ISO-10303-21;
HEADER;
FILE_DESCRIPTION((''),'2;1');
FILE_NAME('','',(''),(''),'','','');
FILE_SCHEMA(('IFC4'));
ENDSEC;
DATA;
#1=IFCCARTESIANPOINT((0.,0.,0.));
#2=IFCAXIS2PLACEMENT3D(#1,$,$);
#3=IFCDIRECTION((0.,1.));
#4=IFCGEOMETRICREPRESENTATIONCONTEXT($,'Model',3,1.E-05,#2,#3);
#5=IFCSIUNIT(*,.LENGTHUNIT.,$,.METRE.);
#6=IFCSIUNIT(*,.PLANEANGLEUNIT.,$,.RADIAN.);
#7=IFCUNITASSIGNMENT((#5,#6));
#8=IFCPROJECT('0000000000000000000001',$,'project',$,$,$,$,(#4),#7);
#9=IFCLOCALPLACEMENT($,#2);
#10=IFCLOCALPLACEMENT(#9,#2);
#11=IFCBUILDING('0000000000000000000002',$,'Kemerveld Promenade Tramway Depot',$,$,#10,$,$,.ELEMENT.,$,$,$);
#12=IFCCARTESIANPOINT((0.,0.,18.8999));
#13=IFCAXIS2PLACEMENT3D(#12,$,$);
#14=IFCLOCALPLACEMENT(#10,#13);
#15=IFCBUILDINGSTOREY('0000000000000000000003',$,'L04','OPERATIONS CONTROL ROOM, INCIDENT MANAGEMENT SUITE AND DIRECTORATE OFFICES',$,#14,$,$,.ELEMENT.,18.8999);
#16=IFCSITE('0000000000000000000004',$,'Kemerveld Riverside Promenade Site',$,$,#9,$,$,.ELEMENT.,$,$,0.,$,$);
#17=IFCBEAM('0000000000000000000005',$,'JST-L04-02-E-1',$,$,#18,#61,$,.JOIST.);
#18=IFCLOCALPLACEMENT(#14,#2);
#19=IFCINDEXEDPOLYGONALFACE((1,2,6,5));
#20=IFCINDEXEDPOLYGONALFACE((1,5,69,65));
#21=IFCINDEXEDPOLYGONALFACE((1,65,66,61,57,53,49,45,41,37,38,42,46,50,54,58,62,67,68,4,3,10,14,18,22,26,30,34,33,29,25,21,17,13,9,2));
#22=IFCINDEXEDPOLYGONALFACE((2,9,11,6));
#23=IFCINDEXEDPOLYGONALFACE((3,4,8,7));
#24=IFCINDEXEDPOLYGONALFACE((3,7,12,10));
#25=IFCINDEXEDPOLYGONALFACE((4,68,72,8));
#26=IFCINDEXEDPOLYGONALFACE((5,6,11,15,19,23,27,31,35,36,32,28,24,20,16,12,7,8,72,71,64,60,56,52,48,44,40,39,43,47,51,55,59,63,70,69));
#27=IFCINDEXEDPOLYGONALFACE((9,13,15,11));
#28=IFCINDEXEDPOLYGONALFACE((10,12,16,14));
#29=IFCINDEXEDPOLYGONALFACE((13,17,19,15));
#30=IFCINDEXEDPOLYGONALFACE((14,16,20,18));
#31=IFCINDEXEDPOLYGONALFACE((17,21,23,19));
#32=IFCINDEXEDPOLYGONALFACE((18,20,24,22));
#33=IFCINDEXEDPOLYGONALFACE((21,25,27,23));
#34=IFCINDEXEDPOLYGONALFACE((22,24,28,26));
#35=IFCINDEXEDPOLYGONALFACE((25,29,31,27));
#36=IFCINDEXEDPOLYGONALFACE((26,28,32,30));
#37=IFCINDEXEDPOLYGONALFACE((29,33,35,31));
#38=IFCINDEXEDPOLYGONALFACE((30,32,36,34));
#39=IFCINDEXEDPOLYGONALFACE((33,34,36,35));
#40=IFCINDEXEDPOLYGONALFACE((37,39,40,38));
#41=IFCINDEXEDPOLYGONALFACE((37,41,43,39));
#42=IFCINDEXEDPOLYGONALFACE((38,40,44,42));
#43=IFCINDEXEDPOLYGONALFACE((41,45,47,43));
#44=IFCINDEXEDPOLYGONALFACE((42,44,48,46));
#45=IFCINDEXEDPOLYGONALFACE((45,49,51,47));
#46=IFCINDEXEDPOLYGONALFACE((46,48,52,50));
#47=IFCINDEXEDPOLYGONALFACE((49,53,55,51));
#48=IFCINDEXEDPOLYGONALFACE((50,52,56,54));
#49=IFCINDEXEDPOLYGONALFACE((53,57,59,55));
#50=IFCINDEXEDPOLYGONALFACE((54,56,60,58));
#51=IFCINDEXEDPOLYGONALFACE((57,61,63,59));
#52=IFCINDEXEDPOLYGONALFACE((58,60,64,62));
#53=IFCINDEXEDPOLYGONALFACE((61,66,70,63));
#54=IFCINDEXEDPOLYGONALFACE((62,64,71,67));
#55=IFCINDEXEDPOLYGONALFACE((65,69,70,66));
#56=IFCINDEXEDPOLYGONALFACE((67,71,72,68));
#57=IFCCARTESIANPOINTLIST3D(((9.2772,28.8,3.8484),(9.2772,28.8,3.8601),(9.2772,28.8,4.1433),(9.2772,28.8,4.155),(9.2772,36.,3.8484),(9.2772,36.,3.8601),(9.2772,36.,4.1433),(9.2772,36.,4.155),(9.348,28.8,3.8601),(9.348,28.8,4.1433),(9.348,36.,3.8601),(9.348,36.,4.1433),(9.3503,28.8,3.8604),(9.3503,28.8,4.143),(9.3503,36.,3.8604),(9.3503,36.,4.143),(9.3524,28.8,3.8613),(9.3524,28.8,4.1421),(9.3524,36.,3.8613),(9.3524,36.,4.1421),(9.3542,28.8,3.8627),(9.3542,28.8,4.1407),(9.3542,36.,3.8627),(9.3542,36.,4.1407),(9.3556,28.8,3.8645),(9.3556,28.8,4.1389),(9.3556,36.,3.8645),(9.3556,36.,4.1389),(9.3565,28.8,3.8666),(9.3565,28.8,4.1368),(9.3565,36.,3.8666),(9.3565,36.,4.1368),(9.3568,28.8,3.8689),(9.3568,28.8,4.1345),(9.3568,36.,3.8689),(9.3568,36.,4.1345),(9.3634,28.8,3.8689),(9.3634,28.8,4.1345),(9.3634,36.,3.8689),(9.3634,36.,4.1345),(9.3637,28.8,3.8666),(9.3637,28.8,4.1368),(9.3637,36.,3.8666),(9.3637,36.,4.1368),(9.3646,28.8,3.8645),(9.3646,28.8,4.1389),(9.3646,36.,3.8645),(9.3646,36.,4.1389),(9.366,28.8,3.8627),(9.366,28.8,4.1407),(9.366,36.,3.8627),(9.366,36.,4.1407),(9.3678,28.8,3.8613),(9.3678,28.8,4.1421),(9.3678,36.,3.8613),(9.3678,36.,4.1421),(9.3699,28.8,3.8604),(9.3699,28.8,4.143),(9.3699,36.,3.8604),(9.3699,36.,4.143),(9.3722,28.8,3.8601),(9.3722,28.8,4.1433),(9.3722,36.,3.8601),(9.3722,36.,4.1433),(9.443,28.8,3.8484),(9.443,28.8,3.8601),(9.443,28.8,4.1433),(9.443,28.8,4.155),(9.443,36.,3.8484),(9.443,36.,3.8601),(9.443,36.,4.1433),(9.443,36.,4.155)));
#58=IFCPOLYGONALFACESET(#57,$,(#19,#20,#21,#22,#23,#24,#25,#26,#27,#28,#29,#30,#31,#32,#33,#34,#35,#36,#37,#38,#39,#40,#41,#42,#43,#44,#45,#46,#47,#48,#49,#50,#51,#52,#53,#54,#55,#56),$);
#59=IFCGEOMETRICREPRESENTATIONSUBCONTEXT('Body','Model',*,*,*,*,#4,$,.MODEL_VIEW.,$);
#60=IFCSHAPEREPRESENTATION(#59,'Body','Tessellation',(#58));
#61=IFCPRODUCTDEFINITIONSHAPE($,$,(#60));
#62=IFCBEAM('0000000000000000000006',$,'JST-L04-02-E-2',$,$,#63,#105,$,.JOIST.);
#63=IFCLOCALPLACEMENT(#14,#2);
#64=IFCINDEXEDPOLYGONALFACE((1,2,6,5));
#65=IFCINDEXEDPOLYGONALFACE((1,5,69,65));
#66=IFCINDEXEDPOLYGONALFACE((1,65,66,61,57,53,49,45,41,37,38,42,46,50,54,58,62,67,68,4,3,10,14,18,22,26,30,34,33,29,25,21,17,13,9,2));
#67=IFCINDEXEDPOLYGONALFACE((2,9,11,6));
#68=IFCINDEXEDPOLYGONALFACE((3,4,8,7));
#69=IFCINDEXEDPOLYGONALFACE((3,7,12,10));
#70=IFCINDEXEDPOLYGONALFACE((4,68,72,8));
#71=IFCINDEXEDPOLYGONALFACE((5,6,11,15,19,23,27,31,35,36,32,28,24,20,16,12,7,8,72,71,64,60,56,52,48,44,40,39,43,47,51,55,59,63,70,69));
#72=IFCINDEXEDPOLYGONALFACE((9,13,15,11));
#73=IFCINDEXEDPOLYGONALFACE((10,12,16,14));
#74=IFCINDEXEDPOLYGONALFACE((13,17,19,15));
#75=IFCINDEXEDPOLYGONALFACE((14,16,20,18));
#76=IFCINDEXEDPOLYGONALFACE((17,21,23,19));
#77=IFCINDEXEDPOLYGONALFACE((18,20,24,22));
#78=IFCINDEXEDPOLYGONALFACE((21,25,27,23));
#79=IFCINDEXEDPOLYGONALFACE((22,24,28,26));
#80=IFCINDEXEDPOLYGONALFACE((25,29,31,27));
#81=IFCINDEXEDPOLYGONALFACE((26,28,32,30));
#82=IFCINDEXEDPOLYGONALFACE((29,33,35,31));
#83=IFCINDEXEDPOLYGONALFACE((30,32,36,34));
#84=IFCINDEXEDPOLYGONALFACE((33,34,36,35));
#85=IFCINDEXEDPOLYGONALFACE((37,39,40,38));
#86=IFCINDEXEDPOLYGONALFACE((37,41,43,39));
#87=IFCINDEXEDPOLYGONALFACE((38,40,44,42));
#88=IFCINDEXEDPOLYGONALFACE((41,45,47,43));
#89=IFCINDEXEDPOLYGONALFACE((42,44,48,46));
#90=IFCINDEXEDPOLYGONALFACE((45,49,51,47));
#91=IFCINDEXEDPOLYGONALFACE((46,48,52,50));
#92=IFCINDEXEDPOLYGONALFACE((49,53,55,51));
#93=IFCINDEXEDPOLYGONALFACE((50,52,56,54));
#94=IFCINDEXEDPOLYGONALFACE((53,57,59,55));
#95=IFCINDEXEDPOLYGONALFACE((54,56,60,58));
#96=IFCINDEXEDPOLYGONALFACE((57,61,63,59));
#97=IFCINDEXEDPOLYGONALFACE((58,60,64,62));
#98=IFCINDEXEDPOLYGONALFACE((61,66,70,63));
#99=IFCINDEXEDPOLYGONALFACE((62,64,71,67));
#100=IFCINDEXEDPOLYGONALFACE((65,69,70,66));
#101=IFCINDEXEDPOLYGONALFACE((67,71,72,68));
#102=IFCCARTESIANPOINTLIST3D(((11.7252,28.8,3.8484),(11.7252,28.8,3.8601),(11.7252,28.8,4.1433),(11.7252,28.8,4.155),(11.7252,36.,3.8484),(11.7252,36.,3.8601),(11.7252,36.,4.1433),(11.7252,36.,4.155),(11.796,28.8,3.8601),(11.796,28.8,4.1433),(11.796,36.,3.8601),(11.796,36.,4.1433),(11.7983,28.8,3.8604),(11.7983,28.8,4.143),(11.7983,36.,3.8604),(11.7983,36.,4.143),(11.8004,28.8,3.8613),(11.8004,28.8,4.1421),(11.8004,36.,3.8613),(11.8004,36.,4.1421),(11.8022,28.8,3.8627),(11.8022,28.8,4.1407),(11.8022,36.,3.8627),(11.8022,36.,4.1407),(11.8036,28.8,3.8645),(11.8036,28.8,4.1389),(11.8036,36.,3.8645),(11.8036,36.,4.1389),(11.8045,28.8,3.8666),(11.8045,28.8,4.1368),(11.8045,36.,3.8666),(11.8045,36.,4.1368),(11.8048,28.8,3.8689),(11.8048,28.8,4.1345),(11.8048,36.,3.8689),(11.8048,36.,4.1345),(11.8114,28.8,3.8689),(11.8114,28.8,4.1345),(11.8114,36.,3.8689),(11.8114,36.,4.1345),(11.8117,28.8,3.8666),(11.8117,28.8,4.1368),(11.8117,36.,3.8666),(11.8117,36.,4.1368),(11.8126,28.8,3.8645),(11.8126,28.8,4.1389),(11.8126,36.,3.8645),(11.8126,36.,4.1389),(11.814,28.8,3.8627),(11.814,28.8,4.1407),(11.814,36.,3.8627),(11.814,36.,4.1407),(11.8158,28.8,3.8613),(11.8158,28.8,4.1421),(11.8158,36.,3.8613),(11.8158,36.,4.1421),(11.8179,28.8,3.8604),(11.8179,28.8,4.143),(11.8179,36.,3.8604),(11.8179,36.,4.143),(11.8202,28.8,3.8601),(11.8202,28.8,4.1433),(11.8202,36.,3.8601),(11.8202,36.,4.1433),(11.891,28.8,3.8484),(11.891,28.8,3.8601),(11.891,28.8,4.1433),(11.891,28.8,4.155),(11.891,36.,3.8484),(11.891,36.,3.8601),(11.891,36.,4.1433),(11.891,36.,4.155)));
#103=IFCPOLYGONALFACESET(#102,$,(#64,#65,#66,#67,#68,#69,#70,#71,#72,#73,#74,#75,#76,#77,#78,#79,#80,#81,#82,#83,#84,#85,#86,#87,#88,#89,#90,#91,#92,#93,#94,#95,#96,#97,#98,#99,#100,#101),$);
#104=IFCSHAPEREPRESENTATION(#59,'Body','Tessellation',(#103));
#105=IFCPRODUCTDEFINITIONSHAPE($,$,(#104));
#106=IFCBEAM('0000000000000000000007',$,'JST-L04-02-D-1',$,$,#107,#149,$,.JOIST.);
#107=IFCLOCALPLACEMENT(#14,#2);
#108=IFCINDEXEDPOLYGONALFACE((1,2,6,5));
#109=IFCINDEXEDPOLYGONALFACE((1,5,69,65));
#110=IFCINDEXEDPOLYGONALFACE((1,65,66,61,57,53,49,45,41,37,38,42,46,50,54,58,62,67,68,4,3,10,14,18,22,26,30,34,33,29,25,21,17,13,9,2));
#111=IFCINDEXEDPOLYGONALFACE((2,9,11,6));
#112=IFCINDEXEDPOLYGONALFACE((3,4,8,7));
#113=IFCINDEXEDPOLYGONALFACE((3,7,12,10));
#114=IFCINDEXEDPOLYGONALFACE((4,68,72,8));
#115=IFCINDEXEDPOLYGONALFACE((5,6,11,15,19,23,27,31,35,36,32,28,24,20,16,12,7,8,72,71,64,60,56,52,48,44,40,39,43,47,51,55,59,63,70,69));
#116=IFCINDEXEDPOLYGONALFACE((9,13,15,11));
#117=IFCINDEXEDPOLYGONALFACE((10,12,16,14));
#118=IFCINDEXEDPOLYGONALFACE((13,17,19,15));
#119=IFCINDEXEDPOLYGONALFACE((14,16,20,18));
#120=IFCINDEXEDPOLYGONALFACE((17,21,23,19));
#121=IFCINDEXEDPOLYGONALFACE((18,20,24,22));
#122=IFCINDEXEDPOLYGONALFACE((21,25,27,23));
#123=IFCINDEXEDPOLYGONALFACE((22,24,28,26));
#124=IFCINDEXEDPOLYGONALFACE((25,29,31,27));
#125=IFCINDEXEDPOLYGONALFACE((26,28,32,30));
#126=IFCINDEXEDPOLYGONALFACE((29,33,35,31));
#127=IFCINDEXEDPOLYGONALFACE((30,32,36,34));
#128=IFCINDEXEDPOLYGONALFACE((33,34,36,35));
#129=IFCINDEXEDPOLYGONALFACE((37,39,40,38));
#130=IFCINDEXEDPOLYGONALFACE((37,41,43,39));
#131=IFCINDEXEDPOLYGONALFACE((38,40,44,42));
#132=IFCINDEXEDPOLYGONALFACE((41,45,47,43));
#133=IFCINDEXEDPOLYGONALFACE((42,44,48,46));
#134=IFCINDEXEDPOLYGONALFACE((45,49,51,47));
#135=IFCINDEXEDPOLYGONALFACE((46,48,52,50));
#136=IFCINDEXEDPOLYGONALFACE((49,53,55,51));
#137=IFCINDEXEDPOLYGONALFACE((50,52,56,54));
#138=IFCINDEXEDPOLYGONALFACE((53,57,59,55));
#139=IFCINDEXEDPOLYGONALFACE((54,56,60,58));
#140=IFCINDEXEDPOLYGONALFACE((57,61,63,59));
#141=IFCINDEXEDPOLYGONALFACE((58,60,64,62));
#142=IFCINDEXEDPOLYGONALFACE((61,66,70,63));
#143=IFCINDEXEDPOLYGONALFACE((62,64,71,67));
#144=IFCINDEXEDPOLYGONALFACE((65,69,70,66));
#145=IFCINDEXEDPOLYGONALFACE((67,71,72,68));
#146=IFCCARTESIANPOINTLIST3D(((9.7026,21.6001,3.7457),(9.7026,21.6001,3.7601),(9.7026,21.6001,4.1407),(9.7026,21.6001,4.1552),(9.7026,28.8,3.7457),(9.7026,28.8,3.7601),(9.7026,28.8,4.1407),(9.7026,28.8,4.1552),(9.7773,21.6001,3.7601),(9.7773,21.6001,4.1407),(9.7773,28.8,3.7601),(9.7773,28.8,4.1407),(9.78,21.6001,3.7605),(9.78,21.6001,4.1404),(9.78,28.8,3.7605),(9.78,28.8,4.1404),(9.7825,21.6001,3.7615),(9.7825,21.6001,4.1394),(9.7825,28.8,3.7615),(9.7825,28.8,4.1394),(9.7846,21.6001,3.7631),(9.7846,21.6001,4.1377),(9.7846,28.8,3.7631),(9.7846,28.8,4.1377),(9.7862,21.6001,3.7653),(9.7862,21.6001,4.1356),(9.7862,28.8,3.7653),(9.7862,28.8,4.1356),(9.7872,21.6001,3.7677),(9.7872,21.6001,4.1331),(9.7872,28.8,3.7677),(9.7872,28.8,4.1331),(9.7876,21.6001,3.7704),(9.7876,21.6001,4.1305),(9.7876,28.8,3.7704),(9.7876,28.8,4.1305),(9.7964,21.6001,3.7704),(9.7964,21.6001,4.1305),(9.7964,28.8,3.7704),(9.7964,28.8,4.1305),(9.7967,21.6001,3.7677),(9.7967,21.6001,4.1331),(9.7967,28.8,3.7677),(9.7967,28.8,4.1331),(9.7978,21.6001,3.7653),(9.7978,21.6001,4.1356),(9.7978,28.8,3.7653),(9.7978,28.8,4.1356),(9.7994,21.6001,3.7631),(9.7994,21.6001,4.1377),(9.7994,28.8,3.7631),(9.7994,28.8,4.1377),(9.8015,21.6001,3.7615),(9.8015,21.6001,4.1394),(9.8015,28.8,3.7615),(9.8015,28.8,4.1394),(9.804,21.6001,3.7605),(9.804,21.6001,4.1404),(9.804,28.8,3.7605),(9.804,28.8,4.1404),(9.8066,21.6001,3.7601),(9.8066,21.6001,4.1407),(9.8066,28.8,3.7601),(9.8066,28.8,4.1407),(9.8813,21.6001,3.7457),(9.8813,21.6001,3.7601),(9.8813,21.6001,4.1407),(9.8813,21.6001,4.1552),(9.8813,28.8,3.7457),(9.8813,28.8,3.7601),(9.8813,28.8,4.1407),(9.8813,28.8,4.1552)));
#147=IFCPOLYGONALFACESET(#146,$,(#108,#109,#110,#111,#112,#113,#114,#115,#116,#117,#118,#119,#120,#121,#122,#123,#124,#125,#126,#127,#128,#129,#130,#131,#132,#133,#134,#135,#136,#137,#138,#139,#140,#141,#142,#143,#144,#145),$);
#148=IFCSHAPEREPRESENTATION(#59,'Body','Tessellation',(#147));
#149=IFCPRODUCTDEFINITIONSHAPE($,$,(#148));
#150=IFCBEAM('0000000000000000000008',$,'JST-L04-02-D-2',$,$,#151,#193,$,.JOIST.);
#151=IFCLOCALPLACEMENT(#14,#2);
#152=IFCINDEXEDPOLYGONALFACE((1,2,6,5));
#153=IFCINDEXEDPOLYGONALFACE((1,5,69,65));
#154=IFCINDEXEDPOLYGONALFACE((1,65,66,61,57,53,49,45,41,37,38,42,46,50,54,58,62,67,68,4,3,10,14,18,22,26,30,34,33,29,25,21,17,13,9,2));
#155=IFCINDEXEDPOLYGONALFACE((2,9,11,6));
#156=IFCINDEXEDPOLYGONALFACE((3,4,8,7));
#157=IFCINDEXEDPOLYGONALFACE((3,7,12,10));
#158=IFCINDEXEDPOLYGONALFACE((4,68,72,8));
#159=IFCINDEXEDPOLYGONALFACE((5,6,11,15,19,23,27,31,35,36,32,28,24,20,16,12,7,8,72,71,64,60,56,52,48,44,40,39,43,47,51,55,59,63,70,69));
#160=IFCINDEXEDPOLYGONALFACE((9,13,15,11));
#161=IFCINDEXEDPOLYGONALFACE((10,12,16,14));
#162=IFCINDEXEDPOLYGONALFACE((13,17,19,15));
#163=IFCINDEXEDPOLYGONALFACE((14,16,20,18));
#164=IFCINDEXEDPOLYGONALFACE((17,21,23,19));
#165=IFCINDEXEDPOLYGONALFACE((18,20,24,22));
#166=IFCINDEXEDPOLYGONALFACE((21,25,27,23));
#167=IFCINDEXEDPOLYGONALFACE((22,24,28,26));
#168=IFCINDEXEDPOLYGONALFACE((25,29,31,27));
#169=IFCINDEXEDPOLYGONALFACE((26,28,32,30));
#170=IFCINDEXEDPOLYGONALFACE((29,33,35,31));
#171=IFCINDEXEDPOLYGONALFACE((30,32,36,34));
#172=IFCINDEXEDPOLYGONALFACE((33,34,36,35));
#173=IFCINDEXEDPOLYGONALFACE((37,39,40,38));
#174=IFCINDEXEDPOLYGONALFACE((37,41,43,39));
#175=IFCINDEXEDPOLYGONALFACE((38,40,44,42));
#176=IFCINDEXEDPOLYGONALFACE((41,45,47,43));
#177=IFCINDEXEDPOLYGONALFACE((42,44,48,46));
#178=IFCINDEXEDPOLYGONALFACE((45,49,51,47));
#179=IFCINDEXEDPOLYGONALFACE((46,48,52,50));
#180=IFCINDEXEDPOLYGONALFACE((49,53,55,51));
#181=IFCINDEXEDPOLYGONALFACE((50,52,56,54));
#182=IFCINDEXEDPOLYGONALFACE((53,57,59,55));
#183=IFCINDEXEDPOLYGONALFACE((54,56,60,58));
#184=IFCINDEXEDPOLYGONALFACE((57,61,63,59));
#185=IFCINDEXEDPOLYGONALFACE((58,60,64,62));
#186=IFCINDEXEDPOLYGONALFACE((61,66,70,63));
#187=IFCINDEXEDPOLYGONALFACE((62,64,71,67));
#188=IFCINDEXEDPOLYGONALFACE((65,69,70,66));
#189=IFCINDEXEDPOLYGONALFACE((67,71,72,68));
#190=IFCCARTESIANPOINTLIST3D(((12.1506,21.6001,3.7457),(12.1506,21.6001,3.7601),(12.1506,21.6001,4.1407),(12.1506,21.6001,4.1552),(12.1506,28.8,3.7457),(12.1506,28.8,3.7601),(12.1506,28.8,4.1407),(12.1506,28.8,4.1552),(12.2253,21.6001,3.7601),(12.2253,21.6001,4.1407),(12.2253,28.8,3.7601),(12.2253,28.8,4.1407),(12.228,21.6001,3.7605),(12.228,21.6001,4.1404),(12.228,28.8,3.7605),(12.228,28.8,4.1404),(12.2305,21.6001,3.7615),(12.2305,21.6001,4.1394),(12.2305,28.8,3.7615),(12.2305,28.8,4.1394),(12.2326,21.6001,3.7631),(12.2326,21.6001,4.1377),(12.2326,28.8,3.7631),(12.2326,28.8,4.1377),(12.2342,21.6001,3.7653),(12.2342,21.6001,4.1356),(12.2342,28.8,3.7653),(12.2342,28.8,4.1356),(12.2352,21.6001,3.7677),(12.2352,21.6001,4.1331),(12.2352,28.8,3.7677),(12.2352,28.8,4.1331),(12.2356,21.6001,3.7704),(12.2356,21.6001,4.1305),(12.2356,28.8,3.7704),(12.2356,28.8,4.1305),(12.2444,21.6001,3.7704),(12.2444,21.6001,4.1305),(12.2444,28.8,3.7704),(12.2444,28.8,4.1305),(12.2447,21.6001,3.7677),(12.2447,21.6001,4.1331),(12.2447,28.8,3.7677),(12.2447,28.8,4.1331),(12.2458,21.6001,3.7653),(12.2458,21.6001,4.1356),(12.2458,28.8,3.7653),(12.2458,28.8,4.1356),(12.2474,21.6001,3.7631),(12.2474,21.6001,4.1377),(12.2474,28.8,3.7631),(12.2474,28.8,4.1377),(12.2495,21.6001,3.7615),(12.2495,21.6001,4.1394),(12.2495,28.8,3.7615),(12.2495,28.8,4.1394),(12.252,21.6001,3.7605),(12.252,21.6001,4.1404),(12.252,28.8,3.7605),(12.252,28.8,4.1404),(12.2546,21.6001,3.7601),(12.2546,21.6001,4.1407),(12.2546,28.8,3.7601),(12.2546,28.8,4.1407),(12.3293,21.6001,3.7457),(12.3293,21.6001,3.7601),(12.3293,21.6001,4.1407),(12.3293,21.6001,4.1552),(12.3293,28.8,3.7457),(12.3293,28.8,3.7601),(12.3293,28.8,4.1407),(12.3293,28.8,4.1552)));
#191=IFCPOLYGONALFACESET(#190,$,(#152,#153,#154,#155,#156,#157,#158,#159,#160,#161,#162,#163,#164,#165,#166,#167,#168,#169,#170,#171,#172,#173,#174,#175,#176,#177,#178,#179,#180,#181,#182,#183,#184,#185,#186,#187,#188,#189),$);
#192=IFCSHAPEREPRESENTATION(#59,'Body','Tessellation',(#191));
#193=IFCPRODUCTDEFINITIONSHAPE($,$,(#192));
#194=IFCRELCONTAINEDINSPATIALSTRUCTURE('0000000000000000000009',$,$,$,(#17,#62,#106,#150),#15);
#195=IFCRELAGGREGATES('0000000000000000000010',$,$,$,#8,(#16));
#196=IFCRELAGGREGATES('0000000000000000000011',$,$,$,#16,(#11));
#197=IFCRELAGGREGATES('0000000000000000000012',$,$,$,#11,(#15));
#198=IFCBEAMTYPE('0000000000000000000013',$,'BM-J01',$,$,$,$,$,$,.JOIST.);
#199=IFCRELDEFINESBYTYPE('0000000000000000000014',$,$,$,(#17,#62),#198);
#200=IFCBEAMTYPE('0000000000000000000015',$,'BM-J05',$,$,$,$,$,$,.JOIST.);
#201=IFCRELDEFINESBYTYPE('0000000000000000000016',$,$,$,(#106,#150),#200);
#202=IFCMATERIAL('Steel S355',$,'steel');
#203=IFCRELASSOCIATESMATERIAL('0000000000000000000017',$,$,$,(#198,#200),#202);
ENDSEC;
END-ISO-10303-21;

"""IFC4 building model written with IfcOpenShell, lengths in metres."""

from ifc_helpers import new_model, si_unit, direction, frame, origin, origin_2d, place, context, subcontext, project, spatial, i_section, extrude, material, material_profile, profile_set, type_object, element, save


model = new_model("IFC4")

# Units and contexts
model_context = context("Model", 3, precision=1e-05, world=origin(), true_north=direction((0.0, 1.0)))
body_context = subcontext(model_context, "Body", "Model", "MODEL_VIEW")
ifc_project = project(units=[si_unit("LENGTHUNIT", "METRE"), si_unit("PLANEANGLEUNIT", "RADIAN")], contexts=[model_context])

# Site, building, storey
site_placement = place(None, origin())
site = spatial("IfcSite", under=ifc_project, at=site_placement, Name="Kemerveld Riverside Promenade Site", CompositionType="ELEMENT", RefElevation=0.0)
building_placement = place(site_placement, origin())
building = spatial("IfcBuilding", under=site, at=building_placement, Name="Kemerveld Promenade Tramway Depot", CompositionType="ELEMENT")
storey_placement = place(building_placement, frame((0.0, 0.0, 18.8999)))
storey = spatial("IfcBuildingStorey", under=building, at=storey_placement, Name="L04", Description="OPERATIONS CONTROL ROOM, INCIDENT MANAGEMENT SUITE AND DIRECTORATE OFFICES", CompositionType="ELEMENT", Elevation=18.8999)

# Shared definitions
ifc_material_1 = material(Name="Steel S355", Category="steel")

# Beams
ifc_material_profile_1 = material_profile(ifc_material_1, i_section(OverallWidth=0.1658, OverallDepth=0.3066, WebThickness=0.0066, FlangeThickness=0.0117, FilletRadius=0.0088, at=origin_2d()), Name="305x165x46 UB")
ifc_profile_set_1 = profile_set([ifc_material_profile_1], Name="Steel S355")
beam_type_1 = type_object("IfcBeamType", Name="BM-J01", PredefinedType="JOIST", material=ifc_profile_set_1)
for number, where, z_axis, x_axis, name in (
    (1, (9.3601, 28.8, 4.0017), (0.0, 1.0, 0.0), (-1.0, 0.0, 0.0), "JST-L04-02-E-1"),
    (2, (11.8081, 28.8, 4.0017), (0.0, 1.0, 0.0), (-1.0, 0.0, 0.0), "JST-L04-02-E-2"),
):
    element("IfcBeam", number, at=place(storey_placement, frame(where, z_axis=z_axis, x_axis=x_axis)), inside=storey, type_object=beam_type_1, Name=name, PredefinedType="JOIST", context=body_context, shape_type="SweptSolid", body=[
        extrude(i_section(OverallWidth=0.1658, OverallDepth=0.3066, WebThickness=0.0066, FlangeThickness=0.0117, FilletRadius=0.0088, at=origin_2d()), origin(), (0.0, 0.0, 1.0), 7.2),
    ])
ifc_material_profile_2 = material_profile(ifc_material_1, i_section(OverallWidth=0.1787, OverallDepth=0.4094, WebThickness=0.0088, FlangeThickness=0.0144, FilletRadius=0.0103, at=origin_2d()), Name="406x178x67 UB")
ifc_profile_set_2 = profile_set([ifc_material_profile_2], Name="Steel S355")
beam_type_2 = type_object("IfcBeamType", Name="BM-J05", PredefinedType="JOIST", material=ifc_profile_set_2)
for number, where, z_axis, x_axis, name in (
    (3, (9.792, 21.6001, 3.9504), (0.0, 1.0, 0.0), (-1.0, 0.0, 0.0), "JST-L04-02-D-1"),
    (4, (12.24, 21.6001, 3.9504), (0.0, 1.0, 0.0), (-1.0, 0.0, 0.0), "JST-L04-02-D-2"),
):
    element("IfcBeam", number, at=place(storey_placement, frame(where, z_axis=z_axis, x_axis=x_axis)), inside=storey, type_object=beam_type_2, Name=name, PredefinedType="JOIST", context=body_context, shape_type="SweptSolid", body=[
        extrude(i_section(OverallWidth=0.1787, OverallDepth=0.4094, WebThickness=0.0088, FlangeThickness=0.0144, FilletRadius=0.0103, at=origin_2d()), origin(), (0.0, 0.0, 1.0), 7.2),
    ])

save(model, "model.ifc")
